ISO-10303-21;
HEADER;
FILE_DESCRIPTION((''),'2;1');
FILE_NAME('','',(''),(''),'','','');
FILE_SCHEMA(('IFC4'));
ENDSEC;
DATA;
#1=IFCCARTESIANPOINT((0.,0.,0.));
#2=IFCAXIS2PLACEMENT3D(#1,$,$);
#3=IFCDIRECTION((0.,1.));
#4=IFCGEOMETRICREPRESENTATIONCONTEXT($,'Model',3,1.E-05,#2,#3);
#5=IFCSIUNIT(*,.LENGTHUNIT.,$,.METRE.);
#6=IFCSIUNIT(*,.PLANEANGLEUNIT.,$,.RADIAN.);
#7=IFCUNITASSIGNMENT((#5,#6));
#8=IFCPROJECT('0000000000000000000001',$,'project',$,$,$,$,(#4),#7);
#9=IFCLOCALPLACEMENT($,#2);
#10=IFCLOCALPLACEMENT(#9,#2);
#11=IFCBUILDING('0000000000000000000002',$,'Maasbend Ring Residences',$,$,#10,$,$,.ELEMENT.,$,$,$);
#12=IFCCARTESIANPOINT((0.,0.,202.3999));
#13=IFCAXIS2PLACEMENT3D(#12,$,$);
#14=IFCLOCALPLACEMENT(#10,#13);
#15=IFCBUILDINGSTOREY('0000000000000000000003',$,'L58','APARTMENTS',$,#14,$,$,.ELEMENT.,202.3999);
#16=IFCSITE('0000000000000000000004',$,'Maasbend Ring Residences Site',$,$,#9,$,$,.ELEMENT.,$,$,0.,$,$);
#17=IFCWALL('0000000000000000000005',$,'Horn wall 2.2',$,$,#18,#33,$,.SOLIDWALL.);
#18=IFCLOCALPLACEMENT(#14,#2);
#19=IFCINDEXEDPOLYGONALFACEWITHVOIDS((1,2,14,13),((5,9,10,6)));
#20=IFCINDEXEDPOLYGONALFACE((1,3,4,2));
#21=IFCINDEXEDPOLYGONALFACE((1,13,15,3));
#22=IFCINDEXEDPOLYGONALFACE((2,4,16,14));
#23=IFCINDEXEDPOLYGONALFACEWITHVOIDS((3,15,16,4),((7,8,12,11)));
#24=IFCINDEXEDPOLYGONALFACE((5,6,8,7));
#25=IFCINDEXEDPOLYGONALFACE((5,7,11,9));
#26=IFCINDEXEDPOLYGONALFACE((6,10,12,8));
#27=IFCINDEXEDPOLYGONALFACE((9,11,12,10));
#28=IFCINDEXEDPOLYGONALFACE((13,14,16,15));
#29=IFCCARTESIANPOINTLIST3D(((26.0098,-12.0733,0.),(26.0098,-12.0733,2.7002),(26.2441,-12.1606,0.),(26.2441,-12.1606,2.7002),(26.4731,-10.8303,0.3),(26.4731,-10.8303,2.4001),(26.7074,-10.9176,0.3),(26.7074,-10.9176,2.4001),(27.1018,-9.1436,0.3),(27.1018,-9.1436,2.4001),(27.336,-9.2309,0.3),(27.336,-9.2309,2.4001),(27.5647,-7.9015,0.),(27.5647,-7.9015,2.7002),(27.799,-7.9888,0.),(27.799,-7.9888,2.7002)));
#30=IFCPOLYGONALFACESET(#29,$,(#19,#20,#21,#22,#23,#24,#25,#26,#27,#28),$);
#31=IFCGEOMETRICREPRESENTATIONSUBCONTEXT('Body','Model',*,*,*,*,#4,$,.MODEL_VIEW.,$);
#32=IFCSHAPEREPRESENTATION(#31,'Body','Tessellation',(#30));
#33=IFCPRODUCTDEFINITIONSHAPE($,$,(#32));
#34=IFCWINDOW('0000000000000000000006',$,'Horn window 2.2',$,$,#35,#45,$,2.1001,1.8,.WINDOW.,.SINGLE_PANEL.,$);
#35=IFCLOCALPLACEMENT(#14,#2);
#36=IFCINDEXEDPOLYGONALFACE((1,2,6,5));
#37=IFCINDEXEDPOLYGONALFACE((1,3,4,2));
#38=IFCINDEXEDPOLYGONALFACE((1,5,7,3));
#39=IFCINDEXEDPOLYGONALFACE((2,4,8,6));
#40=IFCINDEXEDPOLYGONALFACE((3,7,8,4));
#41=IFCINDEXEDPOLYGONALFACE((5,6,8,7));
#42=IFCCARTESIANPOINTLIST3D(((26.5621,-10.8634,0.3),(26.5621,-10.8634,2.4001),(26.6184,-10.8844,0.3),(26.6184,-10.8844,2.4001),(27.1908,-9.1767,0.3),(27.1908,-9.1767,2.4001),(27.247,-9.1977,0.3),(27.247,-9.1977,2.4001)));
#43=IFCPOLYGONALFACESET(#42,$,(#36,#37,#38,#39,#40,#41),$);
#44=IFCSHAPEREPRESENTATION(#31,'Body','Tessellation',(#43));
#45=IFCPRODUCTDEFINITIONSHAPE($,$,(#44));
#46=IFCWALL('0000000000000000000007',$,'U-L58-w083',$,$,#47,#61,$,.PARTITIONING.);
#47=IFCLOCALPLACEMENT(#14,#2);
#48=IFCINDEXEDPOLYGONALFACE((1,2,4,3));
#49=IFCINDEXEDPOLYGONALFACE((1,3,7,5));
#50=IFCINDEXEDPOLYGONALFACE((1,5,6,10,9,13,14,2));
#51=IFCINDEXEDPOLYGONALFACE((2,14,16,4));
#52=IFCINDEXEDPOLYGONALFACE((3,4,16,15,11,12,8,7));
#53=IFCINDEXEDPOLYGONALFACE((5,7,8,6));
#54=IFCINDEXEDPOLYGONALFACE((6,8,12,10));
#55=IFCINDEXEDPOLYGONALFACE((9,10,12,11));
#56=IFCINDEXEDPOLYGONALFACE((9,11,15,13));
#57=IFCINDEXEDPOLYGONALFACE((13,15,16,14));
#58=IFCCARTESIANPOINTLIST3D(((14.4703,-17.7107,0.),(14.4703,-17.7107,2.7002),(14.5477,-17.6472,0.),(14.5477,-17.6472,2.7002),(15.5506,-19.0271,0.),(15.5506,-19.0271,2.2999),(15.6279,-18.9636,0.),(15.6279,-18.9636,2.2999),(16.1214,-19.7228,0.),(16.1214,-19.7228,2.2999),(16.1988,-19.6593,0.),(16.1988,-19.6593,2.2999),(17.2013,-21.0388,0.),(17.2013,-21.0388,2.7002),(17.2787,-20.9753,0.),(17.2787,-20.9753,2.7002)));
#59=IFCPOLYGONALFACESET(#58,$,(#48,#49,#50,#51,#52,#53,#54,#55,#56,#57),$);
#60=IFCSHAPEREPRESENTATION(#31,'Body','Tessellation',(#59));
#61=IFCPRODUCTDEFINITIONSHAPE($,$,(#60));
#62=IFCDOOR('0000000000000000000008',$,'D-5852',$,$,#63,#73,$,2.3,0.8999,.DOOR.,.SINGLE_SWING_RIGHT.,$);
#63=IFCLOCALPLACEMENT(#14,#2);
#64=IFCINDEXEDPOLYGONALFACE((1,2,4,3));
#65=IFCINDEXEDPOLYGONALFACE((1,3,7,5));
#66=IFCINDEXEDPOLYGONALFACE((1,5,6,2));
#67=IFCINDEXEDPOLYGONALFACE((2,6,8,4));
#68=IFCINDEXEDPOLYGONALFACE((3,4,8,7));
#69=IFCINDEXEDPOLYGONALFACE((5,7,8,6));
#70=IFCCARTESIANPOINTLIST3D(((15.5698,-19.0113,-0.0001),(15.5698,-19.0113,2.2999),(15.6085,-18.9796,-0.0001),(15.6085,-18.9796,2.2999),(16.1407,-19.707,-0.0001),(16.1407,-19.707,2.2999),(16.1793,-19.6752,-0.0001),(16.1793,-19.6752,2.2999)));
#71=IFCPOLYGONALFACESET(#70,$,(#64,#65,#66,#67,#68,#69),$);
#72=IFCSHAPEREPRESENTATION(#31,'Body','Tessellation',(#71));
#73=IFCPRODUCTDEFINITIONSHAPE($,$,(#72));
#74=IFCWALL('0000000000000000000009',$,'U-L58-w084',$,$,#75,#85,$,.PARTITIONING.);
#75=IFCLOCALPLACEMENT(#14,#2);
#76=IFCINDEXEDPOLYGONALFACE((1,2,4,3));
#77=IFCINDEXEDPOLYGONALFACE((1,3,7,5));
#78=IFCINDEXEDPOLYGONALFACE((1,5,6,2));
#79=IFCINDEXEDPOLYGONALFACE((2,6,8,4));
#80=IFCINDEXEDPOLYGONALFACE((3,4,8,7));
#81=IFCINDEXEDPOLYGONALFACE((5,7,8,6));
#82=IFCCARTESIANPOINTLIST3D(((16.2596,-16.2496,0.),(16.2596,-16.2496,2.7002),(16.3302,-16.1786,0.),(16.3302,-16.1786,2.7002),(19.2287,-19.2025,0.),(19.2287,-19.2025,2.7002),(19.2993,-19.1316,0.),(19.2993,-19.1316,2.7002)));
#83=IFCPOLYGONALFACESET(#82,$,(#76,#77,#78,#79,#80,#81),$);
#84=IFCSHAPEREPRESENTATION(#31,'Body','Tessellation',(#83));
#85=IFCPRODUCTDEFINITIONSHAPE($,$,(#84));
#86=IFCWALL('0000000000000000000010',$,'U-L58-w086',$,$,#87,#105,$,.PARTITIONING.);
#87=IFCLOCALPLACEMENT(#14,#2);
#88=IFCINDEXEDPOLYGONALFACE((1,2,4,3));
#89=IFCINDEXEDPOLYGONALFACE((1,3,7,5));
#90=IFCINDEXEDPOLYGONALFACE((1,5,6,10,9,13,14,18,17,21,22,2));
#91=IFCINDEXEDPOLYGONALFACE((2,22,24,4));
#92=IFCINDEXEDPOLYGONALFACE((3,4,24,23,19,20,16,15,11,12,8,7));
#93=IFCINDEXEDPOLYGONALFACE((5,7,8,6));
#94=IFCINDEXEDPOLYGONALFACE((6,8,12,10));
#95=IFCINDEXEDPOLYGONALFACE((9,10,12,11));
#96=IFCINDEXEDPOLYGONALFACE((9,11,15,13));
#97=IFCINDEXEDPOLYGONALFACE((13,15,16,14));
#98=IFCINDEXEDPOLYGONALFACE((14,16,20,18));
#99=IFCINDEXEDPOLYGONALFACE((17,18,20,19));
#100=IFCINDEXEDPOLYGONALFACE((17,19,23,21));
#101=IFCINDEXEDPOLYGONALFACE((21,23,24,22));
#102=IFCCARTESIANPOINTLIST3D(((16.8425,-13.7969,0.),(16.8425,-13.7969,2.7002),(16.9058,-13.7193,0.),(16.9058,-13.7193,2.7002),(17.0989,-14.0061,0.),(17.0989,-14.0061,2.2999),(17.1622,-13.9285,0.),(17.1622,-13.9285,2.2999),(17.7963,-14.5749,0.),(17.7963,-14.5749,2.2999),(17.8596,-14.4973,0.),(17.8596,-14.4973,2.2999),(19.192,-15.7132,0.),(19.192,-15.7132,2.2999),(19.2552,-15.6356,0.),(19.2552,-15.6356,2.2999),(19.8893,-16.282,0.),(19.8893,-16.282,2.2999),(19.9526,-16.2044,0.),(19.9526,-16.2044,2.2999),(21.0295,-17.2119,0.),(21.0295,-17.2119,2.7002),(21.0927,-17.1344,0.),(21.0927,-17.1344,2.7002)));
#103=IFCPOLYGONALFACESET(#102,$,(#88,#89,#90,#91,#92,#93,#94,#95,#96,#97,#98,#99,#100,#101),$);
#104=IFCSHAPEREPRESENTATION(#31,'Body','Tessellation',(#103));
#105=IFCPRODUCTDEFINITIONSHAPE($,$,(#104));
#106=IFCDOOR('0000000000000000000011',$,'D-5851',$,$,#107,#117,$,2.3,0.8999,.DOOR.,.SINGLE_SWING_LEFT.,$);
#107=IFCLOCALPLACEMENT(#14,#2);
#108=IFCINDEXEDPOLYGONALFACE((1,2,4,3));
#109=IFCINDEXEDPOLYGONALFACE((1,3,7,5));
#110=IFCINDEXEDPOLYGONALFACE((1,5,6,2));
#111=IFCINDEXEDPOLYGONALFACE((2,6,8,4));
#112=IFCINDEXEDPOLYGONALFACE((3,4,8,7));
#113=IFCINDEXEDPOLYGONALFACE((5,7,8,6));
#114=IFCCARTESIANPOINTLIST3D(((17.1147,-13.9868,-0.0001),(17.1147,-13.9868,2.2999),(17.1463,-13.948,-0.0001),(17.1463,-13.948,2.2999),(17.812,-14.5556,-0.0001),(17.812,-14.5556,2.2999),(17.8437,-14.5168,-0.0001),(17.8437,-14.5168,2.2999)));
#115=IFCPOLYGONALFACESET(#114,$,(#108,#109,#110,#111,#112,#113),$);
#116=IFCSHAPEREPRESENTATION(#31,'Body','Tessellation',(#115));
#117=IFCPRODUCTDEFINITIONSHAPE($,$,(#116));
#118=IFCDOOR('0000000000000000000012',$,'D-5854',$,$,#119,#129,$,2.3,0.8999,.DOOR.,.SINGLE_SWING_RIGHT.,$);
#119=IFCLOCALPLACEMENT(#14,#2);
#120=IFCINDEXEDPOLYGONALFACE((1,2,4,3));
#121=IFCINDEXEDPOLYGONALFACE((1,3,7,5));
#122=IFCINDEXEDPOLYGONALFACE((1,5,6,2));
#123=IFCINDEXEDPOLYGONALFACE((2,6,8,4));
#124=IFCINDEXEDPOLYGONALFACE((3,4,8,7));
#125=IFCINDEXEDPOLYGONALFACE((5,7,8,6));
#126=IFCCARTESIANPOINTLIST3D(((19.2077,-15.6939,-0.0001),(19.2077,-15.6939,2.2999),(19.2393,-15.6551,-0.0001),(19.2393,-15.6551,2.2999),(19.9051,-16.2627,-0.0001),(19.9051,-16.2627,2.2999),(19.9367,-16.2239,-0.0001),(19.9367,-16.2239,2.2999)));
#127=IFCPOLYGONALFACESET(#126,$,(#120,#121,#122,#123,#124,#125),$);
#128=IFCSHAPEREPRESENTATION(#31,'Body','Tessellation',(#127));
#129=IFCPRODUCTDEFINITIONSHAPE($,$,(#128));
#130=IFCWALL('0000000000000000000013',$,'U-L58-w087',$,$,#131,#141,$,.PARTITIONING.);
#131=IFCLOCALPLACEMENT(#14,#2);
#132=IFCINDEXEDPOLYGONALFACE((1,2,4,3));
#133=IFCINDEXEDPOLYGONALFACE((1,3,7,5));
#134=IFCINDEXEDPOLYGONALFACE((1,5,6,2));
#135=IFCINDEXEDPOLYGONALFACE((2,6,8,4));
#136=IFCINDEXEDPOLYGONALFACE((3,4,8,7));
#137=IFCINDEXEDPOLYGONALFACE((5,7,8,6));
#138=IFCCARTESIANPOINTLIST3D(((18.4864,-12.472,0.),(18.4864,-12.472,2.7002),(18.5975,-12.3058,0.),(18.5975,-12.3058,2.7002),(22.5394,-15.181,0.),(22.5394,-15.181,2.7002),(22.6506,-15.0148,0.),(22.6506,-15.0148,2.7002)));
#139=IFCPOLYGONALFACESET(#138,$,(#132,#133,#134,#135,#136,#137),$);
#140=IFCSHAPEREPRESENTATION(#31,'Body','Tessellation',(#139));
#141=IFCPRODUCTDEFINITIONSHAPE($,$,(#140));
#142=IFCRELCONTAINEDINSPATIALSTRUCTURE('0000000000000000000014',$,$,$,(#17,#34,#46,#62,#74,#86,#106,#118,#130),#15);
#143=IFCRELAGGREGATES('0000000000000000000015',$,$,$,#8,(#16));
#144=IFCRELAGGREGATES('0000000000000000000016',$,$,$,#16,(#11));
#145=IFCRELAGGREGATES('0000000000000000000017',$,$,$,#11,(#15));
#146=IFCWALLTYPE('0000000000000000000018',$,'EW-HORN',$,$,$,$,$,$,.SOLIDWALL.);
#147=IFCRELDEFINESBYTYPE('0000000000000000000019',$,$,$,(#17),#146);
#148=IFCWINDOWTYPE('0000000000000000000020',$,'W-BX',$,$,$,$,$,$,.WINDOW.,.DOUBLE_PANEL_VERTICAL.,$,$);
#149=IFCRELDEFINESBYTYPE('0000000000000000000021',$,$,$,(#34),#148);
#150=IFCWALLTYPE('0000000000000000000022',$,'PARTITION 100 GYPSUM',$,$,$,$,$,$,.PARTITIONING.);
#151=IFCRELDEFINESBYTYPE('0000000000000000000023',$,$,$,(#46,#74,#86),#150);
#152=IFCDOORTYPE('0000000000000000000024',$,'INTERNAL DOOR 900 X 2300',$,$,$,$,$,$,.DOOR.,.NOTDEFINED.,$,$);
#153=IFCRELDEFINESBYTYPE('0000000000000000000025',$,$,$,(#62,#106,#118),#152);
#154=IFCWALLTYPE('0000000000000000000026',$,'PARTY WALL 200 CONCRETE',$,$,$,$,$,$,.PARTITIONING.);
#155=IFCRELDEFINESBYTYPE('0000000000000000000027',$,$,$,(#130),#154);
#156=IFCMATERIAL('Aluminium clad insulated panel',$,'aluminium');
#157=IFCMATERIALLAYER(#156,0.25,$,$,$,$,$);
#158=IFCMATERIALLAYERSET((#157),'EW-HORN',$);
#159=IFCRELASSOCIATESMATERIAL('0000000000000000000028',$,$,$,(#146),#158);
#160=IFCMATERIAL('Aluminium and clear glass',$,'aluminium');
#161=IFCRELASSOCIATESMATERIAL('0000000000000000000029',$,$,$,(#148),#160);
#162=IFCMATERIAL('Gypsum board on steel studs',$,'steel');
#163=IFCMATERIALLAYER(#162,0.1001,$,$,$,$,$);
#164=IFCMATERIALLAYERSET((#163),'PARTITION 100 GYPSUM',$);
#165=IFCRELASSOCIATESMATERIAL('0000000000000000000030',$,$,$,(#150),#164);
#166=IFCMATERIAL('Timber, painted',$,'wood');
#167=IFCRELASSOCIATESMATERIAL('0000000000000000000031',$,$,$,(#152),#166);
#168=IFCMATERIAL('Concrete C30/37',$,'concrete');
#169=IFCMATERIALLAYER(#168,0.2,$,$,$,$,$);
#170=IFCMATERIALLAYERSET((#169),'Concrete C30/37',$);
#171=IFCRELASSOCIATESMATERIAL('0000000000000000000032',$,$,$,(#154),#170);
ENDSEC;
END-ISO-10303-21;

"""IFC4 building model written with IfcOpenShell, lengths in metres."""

from ifc_helpers import new_model, si_unit, direction, frame, frame_2d, origin, place, context, subcontext, project, spatial, rectangle, extrude, material, layer, layer_set, type_object, element, fill, save


model = new_model("IFC4")

# Units and contexts
model_context = context("Model", 3, precision=1e-05, world=origin(), true_north=direction((0.0, 1.0)))
body_context = subcontext(model_context, "Body", "Model", "MODEL_VIEW")
ifc_project = project(units=[si_unit("LENGTHUNIT", "METRE"), si_unit("PLANEANGLEUNIT", "RADIAN")], contexts=[model_context])

# Site, building, storey
site_placement = place(None, origin())
site = spatial("IfcSite", under=ifc_project, at=site_placement, Name="Maasbend Ring Residences Site", CompositionType="ELEMENT", RefElevation=0.0)
building_placement = place(site_placement, origin())
building = spatial("IfcBuilding", under=site, at=building_placement, Name="Maasbend Ring Residences", CompositionType="ELEMENT")
storey_placement = place(building_placement, frame((0.0, 0.0, 202.3999)))
storey = spatial("IfcBuildingStorey", under=building, at=storey_placement, Name="L58", Description="APARTMENTS", CompositionType="ELEMENT", Elevation=202.3999)

# Wall, opening, window
ifc_material_1 = material(Name="Aluminium clad insulated panel", Category="aluminium")
ifc_layer_1 = layer(ifc_material_1, 0.25)
ifc_layer_set_1 = layer_set([ifc_layer_1], Name="EW-HORN")
wall_type_1 = type_object("IfcWallType", Name="EW-HORN", PredefinedType="SOLIDWALL", material=ifc_layer_set_1)
ifc_material_2 = material(Name="Aluminium and clear glass", Category="aluminium")
window_type = type_object("IfcWindowType", Name="W-BX", PartitioningType="DOUBLE_PANEL_VERTICAL", PredefinedType="WINDOW", material=ifc_material_2)
wall_1_placement = place(storey_placement, frame((26.127, -12.1169, 0.0), z_axis=(0.0, 0.0, 1.0), x_axis=(0.349248, 0.93703, 0.0)))
wall_1 = element("IfcWall", 1, at=wall_1_placement, inside=storey, type_object=wall_type_1, Name="Horn wall 2.2", PredefinedType="SOLIDWALL", context=body_context, shape_type="SweptSolid", body=[
    extrude(rectangle(XDim=4.4521, YDim=0.25, at=frame_2d((2.2261, 0.0))), origin(), (0.0, 0.0, 1.0), 2.7002),
])
opening_1_placement = place(wall_1_placement, frame((1.3267, 0.0, 0.3)))
opening_1 = element("IfcOpeningElement", 2, at=opening_1_placement, cuts=wall_1, PredefinedType="OPENING", context=body_context, shape_type="SweptSolid", body=[
    extrude(rectangle(XDim=1.8, YDim=2.1001, at=frame_2d((0.8999, 1.05))), frame((0.0, 0.135, 0.0), z_axis=(0.0, -1.0, 0.0), x_axis=(1.0, 0.0, 0.0)), (0.0, 0.0, 1.0), 0.27),
])
window_1_placement = place(opening_1_placement, origin())
window_1 = element("IfcWindow", 3, at=window_1_placement, inside=storey, type_object=window_type, Name="Horn window 2.2", OverallHeight=2.1001, OverallWidth=1.8, PartitioningType="SINGLE_PANEL", PredefinedType="WINDOW", context=body_context, shape_type="SweptSolid", body=[
    extrude(rectangle(XDim=1.8, YDim=2.1001, at=frame_2d((0.8999, 1.05))), frame((0.0, 0.03, 0.0), z_axis=(0.0, -1.0, 0.0), x_axis=(1.0, 0.0, 0.0)), (0.0, 0.0, 1.0), 0.0601),
])
fill(opening_1, window_1)

# Wall, opening, door
ifc_material_3 = material(Name="Gypsum board on steel studs", Category="steel")
ifc_layer_2 = layer(ifc_material_3, 0.1001)
ifc_layer_set_2 = layer_set([ifc_layer_2], Name="PARTITION 100 GYPSUM")
wall_type_2 = type_object("IfcWallType", Name="PARTITION 100 GYPSUM", PredefinedType="PARTITIONING", material=ifc_layer_set_2)
wall_2_placement = place(storey_placement, frame((14.509, -17.679, 0.0), z_axis=(0.0, 0.0, 1.0), x_axis=(0.634343, -0.773052, 0.0)))
wall_2 = element("IfcWall", 4, at=wall_2_placement, inside=storey, type_object=wall_type_2, Name="U-L58-w083", PredefinedType="PARTITIONING", context=body_context, shape_type="SweptSolid", body=[
    extrude(rectangle(XDim=4.3052, YDim=0.1001, at=frame_2d((2.1526, 0.0))), origin(), (0.0, 0.0, 1.0), 2.7002),
])
opening_2_placement = place(wall_2_placement, frame((1.7029, 0.0, 0.0)))
opening_2 = element("IfcOpeningElement", 5, at=opening_2_placement, cuts=wall_2, PredefinedType="OPENING", context=body_context, shape_type="SweptSolid", body=[
    extrude(rectangle(XDim=0.8999, YDim=2.3, at=frame_2d((0.45, 1.1499))), frame((0.0, 0.0601, 0.0), z_axis=(0.0, -1.0, 0.0), x_axis=(1.0, 0.0, 0.0)), (0.0, 0.0, 1.0), 0.1201),
])
ifc_material_4 = material(Name="Timber, painted", Category="wood")
door_type_1 = type_object("IfcDoorType", Name="INTERNAL DOOR 900 X 2300", OperationType="NOTDEFINED", PredefinedType="DOOR", material=ifc_material_4)
door_1_placement = place(opening_2_placement, origin())
door_1 = element("IfcDoor", 6, at=door_1_placement, inside=storey, type_object=door_type_1, Name="D-5852", OperationType="SINGLE_SWING_RIGHT", OverallHeight=2.3, OverallWidth=0.8999, PredefinedType="DOOR", context=body_context, shape_type="SweptSolid", body=[
    extrude(rectangle(XDim=0.8999, YDim=2.3, at=frame_2d((0.45, 1.1499))), frame((0.0, 0.0249, 0.0), z_axis=(0.0, -1.0, 0.0), x_axis=(1.0, 0.0, 0.0)), (0.0, 0.0, 1.0), 0.05),
])
fill(opening_2, door_1)

# Wall
wall_3_placement = place(storey_placement, frame((16.2949, -16.2141, 0.0), z_axis=(0.0, 0.0, 1.0), x_axis=(0.709028, -0.70518, 0.0)))
element("IfcWall", 7, at=wall_3_placement, inside=storey, type_object=wall_type_2, Name="U-L58-w084", PredefinedType="PARTITIONING", context=body_context, shape_type="SweptSolid", body=[
    extrude(rectangle(XDim=4.1875, YDim=0.1001, at=frame_2d((2.0938, 0.0))), origin(), (0.0, 0.0, 1.0), 2.7002),
])

# Wall, openings, doors
wall_4_placement = place(storey_placement, frame((16.874, -13.7581, 0.0), z_axis=(0.0, 0.0, 1.0), x_axis=(0.774927, -0.632051, 0.0)))
wall_4 = element("IfcWall", 8, at=wall_4_placement, inside=storey, type_object=wall_type_2, Name="U-L58-w086", PredefinedType="PARTITIONING", context=body_context, shape_type="SweptSolid", body=[
    extrude(rectangle(XDim=5.4031, YDim=0.1001, at=frame_2d((2.7017, 0.0))), origin(), (0.0, 0.0, 1.0), 2.7002),
])
opening_3_placement = place(wall_4_placement, frame((0.3311, 0.0, 0.0)))
opening_3 = element("IfcOpeningElement", 9, at=opening_3_placement, cuts=wall_4, PredefinedType="OPENING", context=body_context, shape_type="SweptSolid", body=[
    extrude(rectangle(XDim=0.8999, YDim=2.3, at=frame_2d((0.45, 1.1499))), frame((0.0, 0.0601, 0.0), z_axis=(0.0, -1.0, 0.0), x_axis=(1.0, 0.0, 0.0)), (0.0, 0.0, 1.0), 0.1201),
])
opening_4_placement = place(wall_4_placement, frame((3.032, 0.0, 0.0)))
opening_4 = element("IfcOpeningElement", 10, at=opening_4_placement, cuts=wall_4, PredefinedType="OPENING", context=body_context, shape_type="SweptSolid", body=[
    extrude(rectangle(XDim=0.8999, YDim=2.3, at=frame_2d((0.45, 1.1499))), frame((0.0, 0.0601, 0.0), z_axis=(0.0, -1.0, 0.0), x_axis=(1.0, 0.0, 0.0)), (0.0, 0.0, 1.0), 0.1201),
])
door_2_placement = place(opening_3_placement, origin())
door_2 = element("IfcDoor", 11, at=door_2_placement, inside=storey, type_object=door_type_1, Name="D-5851", OperationType="SINGLE_SWING_LEFT", OverallHeight=2.3, OverallWidth=0.8999, PredefinedType="DOOR", context=body_context, shape_type="SweptSolid", body=[
    extrude(rectangle(XDim=0.8999, YDim=2.3, at=frame_2d((0.45, 1.1499))), frame((0.0, 0.0249, 0.0), z_axis=(0.0, -1.0, 0.0), x_axis=(1.0, 0.0, 0.0)), (0.0, 0.0, 1.0), 0.05),
])
fill(opening_3, door_2)
door_3_placement = place(opening_4_placement, origin())
door_3 = element("IfcDoor", 12, at=door_3_placement, inside=storey, type_object=door_type_1, Name="D-5854", OperationType="SINGLE_SWING_RIGHT", OverallHeight=2.3, OverallWidth=0.8999, PredefinedType="DOOR", context=body_context, shape_type="SweptSolid", body=[
    extrude(rectangle(XDim=0.8999, YDim=2.3, at=frame_2d((0.45, 1.1499))), frame((0.0, 0.0249, 0.0), z_axis=(0.0, -1.0, 0.0), x_axis=(1.0, 0.0, 0.0)), (0.0, 0.0, 1.0), 0.05),
])
fill(opening_4, door_3)

# Wall
ifc_material_5 = material(Name="Concrete C30/37", Category="concrete")
ifc_layer_3 = layer(ifc_material_5, 0.2)
ifc_layer_set_3 = layer_set([ifc_layer_3], Name="Concrete C30/37")
wall_type_3 = type_object("IfcWallType", Name="PARTY WALL 200 CONCRETE", PredefinedType="PARTITIONING", material=ifc_layer_set_3)
wall_5_placement = place(storey_placement, frame((18.542, -12.3889, 0.0), z_axis=(0.0, 0.0, 1.0), x_axis=(0.831387, -0.555694, 0.0)))
element("IfcWall", 13, at=wall_5_placement, inside=storey, type_object=wall_type_3, Name="U-L58-w087", PredefinedType="PARTITIONING", context=body_context, shape_type="SweptSolid", body=[
    extrude(rectangle(XDim=4.875, YDim=0.2, at=frame_2d((2.4375, 0.0))), origin(), (0.0, 0.0, 1.0), 2.7002),
])

save(model, "model.ifc")
